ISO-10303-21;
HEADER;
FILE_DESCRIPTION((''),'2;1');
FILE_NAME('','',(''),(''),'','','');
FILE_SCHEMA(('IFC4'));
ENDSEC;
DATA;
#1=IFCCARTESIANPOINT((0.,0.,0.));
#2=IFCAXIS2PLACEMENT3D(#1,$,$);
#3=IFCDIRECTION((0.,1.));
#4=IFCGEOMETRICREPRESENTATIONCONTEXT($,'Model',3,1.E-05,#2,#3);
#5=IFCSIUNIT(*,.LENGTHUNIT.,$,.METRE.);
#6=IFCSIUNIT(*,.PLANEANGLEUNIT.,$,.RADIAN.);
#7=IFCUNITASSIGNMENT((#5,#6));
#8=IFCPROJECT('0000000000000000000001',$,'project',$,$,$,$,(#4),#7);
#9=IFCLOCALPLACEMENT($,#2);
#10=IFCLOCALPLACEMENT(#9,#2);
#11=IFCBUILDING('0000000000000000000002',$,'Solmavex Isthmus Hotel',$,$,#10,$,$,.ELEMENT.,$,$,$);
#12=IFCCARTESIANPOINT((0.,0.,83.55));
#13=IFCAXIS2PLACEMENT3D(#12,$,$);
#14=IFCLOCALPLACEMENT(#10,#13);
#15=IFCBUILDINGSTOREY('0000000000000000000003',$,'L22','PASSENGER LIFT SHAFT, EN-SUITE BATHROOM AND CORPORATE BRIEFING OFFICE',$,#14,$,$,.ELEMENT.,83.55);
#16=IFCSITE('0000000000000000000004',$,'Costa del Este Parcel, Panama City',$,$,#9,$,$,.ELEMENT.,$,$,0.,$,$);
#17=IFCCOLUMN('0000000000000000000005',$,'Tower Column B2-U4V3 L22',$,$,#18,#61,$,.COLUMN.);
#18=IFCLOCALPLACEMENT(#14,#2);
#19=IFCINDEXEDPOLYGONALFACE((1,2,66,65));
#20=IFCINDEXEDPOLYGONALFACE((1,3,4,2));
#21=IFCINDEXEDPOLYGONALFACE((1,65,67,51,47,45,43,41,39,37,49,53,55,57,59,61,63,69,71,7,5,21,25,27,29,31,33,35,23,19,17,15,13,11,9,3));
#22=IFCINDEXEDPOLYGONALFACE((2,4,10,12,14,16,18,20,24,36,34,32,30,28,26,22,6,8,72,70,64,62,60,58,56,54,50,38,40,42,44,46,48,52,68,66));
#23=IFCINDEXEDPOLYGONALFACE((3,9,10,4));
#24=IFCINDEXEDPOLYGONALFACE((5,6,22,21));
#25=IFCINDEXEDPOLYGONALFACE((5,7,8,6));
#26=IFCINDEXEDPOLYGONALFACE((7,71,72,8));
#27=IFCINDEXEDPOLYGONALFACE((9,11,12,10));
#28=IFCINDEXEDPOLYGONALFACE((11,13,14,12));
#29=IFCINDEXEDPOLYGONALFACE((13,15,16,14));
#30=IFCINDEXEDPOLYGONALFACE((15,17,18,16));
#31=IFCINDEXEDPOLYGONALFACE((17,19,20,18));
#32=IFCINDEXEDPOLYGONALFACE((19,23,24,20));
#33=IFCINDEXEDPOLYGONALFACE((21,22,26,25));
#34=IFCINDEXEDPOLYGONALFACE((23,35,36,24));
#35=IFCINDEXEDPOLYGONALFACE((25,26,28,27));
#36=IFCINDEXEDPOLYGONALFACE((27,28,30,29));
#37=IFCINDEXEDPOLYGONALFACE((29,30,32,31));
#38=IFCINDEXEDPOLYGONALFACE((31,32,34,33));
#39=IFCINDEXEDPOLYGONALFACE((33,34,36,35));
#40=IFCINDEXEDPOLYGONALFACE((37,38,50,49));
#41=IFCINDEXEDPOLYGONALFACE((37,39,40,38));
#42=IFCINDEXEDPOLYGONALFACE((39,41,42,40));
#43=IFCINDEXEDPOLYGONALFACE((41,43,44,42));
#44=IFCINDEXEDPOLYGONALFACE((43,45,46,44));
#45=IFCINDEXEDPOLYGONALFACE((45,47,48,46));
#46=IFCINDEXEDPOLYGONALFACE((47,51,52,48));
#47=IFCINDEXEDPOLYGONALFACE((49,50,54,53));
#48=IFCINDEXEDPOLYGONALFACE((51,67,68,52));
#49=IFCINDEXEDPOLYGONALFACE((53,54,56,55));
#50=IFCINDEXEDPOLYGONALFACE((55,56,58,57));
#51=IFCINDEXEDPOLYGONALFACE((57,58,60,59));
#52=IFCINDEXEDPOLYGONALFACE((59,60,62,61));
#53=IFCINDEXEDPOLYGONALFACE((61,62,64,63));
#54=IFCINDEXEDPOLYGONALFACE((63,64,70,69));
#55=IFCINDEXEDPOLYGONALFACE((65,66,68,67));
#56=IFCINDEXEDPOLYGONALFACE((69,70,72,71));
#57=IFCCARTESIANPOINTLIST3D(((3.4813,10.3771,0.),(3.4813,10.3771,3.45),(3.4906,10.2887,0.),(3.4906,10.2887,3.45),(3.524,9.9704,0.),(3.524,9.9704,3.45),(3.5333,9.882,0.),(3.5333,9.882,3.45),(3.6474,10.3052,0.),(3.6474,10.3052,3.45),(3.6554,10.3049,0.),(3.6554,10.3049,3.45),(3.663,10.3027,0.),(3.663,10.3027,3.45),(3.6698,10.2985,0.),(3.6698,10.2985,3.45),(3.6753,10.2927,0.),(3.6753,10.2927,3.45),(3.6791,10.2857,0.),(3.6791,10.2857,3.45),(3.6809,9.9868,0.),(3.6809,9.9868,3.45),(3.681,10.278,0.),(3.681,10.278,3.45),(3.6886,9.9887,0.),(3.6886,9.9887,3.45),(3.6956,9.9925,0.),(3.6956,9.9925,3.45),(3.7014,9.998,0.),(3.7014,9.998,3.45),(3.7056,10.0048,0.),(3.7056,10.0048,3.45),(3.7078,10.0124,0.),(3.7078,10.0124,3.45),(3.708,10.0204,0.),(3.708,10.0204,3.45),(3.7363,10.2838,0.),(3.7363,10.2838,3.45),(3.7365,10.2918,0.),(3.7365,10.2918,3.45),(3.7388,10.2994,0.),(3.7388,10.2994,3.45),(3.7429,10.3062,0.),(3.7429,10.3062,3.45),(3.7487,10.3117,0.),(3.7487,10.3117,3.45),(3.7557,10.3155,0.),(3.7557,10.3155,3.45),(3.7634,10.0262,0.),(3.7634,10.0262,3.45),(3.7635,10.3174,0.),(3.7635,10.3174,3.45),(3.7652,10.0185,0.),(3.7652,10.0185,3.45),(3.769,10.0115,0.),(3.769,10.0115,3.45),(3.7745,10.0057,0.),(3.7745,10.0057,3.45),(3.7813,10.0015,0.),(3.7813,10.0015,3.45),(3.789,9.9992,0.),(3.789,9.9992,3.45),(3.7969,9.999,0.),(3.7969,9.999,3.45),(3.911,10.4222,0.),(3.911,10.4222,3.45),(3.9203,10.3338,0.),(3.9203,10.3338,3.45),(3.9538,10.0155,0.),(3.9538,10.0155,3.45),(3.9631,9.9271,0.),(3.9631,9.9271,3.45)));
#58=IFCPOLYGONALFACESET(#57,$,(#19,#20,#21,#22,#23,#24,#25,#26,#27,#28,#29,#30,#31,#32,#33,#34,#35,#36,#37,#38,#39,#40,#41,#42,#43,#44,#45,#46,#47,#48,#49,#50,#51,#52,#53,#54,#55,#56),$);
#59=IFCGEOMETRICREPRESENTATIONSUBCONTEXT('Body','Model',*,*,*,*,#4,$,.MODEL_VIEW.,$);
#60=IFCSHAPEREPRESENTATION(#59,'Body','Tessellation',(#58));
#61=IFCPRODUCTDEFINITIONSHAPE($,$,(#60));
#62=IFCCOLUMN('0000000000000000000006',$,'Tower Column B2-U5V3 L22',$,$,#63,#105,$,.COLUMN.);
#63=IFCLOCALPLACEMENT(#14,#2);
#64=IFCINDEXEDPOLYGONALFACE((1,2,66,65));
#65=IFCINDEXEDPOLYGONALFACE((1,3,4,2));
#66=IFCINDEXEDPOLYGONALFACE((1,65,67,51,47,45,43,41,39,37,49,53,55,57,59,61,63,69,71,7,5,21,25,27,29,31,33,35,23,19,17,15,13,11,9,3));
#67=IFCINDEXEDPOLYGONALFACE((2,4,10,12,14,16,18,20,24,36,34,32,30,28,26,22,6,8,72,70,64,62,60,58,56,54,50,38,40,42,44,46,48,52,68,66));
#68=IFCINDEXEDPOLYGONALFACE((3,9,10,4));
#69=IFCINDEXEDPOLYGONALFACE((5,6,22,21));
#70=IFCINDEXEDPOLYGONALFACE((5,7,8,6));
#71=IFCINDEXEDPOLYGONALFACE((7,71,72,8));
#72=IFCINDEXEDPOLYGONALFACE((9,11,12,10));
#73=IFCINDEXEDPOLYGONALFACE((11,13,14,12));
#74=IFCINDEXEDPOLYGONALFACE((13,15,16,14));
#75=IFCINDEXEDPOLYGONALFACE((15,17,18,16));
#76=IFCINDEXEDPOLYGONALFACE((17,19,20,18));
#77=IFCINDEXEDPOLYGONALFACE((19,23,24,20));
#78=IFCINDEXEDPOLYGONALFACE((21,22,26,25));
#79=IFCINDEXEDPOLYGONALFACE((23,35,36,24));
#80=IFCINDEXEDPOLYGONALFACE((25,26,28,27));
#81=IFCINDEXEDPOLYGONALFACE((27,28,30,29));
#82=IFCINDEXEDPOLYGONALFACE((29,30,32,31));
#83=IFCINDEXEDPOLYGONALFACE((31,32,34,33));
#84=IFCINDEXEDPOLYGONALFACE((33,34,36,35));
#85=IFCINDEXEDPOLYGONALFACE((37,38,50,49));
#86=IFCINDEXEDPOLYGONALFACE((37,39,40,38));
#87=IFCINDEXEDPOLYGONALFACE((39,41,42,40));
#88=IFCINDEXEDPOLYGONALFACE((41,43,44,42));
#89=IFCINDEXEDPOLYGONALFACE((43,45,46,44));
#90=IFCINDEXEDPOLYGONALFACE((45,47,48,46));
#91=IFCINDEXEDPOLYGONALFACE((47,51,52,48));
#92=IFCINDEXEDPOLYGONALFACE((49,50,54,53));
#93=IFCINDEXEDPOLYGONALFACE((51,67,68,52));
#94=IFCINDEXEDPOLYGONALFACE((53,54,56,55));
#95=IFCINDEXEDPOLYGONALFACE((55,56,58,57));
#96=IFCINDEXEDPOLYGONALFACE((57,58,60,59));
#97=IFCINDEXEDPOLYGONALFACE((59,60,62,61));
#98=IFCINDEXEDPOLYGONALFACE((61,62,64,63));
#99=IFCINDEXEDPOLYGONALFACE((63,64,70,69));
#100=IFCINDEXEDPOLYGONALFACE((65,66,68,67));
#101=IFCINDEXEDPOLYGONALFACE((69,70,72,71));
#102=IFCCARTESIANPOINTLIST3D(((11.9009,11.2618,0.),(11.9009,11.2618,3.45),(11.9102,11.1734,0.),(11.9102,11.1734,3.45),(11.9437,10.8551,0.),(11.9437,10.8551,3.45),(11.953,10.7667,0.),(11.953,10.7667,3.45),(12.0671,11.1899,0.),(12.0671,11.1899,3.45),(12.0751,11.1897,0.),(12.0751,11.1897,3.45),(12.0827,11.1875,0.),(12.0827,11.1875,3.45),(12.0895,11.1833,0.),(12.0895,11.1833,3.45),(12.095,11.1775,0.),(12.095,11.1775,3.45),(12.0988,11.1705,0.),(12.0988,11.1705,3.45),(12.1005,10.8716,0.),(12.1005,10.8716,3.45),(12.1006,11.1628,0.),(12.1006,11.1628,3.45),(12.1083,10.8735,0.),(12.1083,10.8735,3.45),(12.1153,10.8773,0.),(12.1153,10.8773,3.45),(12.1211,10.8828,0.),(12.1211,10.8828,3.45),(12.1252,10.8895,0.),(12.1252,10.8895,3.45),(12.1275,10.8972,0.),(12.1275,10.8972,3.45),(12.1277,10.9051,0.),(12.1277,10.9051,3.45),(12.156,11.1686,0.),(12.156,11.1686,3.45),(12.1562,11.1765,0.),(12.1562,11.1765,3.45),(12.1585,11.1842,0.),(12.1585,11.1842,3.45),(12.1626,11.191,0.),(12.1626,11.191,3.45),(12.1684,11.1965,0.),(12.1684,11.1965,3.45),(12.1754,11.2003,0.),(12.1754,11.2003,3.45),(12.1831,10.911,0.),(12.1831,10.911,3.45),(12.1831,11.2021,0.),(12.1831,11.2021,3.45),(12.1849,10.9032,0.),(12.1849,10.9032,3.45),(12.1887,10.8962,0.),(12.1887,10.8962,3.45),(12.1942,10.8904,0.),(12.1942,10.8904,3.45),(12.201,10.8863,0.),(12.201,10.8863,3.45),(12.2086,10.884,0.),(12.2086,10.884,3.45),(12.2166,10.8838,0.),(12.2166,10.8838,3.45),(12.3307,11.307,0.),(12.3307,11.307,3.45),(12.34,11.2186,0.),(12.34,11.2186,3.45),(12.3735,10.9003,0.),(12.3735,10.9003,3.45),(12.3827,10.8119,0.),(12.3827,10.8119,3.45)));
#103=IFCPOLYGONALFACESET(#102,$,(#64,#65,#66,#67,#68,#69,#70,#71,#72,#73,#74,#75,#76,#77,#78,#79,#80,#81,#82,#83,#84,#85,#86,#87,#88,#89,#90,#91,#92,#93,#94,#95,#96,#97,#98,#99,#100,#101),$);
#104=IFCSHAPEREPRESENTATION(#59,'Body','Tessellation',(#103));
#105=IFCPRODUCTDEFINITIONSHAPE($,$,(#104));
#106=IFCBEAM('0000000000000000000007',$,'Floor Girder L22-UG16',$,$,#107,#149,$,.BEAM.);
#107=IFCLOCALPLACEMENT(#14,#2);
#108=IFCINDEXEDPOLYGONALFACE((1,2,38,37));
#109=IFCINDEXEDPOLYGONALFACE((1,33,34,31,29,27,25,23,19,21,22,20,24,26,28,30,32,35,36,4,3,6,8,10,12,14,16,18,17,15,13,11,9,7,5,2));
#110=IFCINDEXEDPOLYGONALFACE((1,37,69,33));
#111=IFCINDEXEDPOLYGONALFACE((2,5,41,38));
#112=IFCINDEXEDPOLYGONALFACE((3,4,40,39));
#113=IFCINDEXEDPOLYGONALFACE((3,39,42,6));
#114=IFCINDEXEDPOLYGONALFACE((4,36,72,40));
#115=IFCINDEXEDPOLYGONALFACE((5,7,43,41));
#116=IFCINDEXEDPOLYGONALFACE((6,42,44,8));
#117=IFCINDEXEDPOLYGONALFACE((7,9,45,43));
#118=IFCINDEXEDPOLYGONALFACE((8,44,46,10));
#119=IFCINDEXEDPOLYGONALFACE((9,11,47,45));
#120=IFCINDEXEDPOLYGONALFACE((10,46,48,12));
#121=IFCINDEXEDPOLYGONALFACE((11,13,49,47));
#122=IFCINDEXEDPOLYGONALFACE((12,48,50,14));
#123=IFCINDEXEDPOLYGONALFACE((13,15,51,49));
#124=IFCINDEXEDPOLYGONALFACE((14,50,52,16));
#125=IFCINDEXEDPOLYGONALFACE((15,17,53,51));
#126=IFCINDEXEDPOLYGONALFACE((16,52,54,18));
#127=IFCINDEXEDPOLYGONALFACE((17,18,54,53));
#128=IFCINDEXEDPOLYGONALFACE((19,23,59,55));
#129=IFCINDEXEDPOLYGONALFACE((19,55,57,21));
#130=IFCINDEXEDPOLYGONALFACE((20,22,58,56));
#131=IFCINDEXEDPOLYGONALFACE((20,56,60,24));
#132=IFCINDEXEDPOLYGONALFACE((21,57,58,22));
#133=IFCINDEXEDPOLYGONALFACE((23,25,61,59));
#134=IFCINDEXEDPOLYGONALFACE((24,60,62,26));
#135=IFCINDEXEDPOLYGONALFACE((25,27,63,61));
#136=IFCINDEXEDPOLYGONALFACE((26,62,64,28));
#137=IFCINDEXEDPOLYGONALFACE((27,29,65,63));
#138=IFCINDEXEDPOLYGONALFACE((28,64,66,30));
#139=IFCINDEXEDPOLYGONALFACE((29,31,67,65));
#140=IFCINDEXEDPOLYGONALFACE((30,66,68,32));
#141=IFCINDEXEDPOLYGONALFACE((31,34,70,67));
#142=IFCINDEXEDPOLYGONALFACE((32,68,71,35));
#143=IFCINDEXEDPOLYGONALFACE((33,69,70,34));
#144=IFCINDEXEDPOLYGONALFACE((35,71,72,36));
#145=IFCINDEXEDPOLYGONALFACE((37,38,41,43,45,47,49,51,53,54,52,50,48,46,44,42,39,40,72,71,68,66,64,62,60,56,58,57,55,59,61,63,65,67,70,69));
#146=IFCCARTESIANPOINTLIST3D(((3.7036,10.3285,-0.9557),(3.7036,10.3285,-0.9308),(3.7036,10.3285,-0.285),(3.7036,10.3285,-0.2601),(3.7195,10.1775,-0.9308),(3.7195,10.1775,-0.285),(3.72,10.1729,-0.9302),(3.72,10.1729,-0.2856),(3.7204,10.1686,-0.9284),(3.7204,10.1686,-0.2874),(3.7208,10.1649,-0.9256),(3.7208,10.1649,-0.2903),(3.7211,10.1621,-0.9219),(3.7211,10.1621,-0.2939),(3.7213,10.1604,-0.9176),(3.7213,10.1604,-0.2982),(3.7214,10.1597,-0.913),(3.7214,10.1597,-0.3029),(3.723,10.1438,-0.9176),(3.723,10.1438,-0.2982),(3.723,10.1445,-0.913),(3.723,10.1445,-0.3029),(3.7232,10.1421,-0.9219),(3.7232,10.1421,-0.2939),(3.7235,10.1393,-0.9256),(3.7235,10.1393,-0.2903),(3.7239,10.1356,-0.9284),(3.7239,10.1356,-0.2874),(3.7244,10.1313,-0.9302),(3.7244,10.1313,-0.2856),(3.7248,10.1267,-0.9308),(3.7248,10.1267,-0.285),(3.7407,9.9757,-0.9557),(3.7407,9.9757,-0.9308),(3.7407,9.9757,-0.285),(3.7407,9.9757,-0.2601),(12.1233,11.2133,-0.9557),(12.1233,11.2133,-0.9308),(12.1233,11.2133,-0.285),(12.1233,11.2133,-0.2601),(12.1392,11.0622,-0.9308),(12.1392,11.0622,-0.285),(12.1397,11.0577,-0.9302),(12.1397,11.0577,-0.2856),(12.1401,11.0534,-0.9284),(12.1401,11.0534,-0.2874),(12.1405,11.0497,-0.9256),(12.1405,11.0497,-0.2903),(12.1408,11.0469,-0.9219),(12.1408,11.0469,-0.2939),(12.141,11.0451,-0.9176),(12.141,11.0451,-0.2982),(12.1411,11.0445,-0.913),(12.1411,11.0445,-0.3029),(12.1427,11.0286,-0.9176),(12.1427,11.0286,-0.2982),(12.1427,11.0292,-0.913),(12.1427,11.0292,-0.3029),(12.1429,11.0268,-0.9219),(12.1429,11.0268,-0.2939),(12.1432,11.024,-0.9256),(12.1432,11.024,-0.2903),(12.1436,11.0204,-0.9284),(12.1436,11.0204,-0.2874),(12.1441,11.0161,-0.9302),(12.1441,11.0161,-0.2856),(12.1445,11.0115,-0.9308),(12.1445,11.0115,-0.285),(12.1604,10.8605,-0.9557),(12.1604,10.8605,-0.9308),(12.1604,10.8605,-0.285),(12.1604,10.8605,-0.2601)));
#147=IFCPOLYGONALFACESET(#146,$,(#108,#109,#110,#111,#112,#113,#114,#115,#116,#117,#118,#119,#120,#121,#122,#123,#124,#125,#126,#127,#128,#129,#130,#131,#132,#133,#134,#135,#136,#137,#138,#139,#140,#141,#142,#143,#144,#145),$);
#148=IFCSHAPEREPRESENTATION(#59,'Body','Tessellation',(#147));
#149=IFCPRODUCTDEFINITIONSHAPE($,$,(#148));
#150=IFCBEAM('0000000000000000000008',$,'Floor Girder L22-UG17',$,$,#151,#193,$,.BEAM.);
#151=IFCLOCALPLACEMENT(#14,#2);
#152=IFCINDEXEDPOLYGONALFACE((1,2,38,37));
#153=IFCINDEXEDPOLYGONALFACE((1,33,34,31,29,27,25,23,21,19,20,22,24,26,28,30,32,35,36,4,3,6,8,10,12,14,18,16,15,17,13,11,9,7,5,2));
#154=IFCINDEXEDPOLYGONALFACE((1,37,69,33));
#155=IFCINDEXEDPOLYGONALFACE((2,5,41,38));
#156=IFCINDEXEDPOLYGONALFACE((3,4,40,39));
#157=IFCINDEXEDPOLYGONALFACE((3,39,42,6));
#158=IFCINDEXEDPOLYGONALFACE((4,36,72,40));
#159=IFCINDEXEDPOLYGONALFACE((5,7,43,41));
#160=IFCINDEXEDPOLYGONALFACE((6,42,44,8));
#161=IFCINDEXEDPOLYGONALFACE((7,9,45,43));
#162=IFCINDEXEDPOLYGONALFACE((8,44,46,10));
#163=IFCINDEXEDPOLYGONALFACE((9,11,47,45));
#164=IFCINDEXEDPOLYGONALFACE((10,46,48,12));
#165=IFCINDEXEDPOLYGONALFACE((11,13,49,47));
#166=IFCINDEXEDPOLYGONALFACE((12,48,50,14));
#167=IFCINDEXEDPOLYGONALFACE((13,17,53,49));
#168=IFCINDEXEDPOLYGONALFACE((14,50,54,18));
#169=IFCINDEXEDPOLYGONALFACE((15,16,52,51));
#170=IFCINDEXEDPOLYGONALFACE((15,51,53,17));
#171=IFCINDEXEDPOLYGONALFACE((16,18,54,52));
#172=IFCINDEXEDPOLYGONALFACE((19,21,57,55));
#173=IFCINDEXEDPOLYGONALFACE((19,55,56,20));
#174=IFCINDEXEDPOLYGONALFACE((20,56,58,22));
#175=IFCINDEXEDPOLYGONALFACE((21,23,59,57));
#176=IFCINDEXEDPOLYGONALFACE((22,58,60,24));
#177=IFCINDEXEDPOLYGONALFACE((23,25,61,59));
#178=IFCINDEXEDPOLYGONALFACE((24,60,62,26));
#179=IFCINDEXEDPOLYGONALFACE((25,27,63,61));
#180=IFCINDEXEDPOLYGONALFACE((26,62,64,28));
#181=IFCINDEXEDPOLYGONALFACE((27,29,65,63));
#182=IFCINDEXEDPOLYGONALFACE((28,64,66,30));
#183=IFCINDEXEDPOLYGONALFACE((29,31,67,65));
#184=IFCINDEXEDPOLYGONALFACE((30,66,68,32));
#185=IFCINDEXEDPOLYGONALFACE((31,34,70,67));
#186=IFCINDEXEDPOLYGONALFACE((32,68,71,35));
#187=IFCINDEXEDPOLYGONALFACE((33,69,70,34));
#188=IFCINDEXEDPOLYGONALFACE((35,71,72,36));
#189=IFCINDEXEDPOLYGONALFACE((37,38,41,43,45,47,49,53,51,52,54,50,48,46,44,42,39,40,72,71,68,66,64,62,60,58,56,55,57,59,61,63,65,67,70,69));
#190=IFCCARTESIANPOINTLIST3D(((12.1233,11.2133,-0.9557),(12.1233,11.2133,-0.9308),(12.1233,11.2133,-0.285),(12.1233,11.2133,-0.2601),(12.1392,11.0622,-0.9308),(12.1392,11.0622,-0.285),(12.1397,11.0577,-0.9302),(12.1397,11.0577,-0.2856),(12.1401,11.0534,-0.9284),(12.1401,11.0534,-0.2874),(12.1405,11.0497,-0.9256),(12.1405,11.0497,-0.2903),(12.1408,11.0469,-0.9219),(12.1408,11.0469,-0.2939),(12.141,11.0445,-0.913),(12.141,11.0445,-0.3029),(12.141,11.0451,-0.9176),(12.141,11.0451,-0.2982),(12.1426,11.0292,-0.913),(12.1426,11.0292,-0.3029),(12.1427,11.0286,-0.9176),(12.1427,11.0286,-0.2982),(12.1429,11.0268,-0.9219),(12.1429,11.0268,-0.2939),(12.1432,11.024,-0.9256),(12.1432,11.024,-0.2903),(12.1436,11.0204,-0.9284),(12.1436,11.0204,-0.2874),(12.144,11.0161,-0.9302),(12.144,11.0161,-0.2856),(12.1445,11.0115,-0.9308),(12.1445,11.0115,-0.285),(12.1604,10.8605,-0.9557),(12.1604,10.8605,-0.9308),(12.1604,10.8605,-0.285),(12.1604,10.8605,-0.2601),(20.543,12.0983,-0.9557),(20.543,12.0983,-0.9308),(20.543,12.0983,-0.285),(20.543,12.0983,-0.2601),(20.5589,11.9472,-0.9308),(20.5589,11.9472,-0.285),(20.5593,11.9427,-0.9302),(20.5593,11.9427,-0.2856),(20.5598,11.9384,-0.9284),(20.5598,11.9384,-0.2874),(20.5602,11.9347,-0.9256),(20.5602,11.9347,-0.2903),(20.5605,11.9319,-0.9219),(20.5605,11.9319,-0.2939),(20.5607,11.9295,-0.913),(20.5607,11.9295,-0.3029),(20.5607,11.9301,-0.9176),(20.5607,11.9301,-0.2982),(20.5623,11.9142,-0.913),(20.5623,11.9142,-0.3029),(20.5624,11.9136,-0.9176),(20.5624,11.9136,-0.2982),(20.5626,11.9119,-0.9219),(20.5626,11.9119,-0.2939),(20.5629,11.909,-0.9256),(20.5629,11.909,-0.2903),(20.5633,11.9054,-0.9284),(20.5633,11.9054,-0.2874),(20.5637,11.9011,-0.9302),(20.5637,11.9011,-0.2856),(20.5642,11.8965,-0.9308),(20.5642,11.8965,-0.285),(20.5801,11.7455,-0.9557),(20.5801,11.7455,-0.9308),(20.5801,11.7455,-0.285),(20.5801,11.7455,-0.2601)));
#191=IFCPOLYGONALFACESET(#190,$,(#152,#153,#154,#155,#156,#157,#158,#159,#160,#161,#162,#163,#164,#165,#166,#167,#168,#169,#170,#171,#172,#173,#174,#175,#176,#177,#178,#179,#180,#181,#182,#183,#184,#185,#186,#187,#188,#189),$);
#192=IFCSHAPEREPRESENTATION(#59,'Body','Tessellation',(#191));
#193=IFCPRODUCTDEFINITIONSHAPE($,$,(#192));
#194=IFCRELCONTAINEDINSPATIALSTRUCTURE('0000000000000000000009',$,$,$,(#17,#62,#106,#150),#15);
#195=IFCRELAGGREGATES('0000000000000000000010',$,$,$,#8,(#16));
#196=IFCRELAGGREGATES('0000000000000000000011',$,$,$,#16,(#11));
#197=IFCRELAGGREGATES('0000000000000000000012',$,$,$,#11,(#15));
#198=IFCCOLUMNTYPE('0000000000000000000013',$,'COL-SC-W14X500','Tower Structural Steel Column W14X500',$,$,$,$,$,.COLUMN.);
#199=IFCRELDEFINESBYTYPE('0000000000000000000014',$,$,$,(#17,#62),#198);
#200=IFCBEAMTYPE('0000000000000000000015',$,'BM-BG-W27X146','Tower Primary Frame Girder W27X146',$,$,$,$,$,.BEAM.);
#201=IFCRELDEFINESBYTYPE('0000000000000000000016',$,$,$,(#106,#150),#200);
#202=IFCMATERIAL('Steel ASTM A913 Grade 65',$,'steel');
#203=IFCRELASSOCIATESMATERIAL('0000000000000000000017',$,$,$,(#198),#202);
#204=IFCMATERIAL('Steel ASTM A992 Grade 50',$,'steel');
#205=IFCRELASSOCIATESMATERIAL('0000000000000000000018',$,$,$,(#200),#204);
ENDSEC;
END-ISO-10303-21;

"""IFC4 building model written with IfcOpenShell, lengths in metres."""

from ifc_helpers import new_model, si_unit, direction, frame, origin, origin_2d, place, context, subcontext, project, spatial, i_section, extrude, material, material_profile, profile_set, type_object, element, save


model = new_model("IFC4")

# Units and contexts
model_context = context("Model", 3, precision=1e-05, world=origin(), true_north=direction((0.0, 1.0)))
body_context = subcontext(model_context, "Body", "Model", "MODEL_VIEW")
ifc_project = project(units=[si_unit("LENGTHUNIT", "METRE"), si_unit("PLANEANGLEUNIT", "RADIAN")], contexts=[model_context])

# Site, building, storey
site_placement = place(None, origin())
site = spatial("IfcSite", under=ifc_project, at=site_placement, Name="Costa del Este Parcel, Panama City", CompositionType="ELEMENT", RefElevation=0.0)
building_placement = place(site_placement, origin())
building = spatial("IfcBuilding", under=site, at=building_placement, Name="Solmavex Isthmus Hotel", CompositionType="ELEMENT")
storey_placement = place(building_placement, frame((0.0, 0.0, 83.55)))
storey = spatial("IfcBuildingStorey", under=building, at=storey_placement, Name="L22", Description="PASSENGER LIFT SHAFT, EN-SUITE BATHROOM AND CORPORATE BRIEFING OFFICE", CompositionType="ELEMENT", Elevation=83.55)

# Columns
ifc_material_1 = material(Name="Steel ASTM A913 Grade 65", Category="steel")
ifc_material_profile_1 = material_profile(ifc_material_1, i_section(OverallWidth=0.4321, OverallDepth=0.4978, WebThickness=0.0557, FlangeThickness=0.0889, FilletRadius=0.0305, at=origin_2d()), Name="W14X500")
ifc_profile_set_1 = profile_set([ifc_material_profile_1], Name="Steel ASTM A913 Grade 65")
column_type = type_object("IfcColumnType", Name="COL-SC-W14X500", Description="Tower Structural Steel Column W14X500", PredefinedType="COLUMN", material=ifc_profile_set_1)
for number, where, z_axis, x_axis, name in (
    (1, (3.7222, 10.1521, 0.0), (0.0, 0.0, 1.0), (0.994522, 0.104528, 0.0), "Tower Column B2-U4V3 L22"),
    (2, (12.1418, 11.0369, 0.0), (0.0, 0.0, 1.0), (0.994522, 0.104528, 0.0), "Tower Column B2-U5V3 L22"),
):
    element("IfcColumn", number, at=place(storey_placement, frame(where, z_axis=z_axis, x_axis=x_axis)), inside=storey, type_object=column_type, Name=name, PredefinedType="COLUMN", context=body_context, shape_type="SweptSolid", body=[
        extrude(i_section(OverallWidth=0.4321, OverallDepth=0.4978, WebThickness=0.0557, FlangeThickness=0.0889, FilletRadius=0.0305, at=origin_2d()), origin(), (0.0, 0.0, 1.0), 3.45),
    ])

# Beams
ifc_material_2 = material(Name="Steel ASTM A992 Grade 50", Category="steel")
ifc_material_profile_2 = material_profile(ifc_material_2, i_section(OverallWidth=0.3547, OverallDepth=0.6956, WebThickness=0.0154, FlangeThickness=0.0249, FilletRadius=0.0178, at=origin_2d()), Name="W27X146")
ifc_profile_set_2 = profile_set([ifc_material_profile_2], Name="Steel ASTM A992 Grade 50")
beam_type_1 = type_object("IfcBeamType", Name="BM-BG-W27X146", Description="Tower Primary Frame Girder W27X146", PredefinedType="BEAM", material=ifc_profile_set_2)
for number, where, z_axis, x_axis, name in (
    (3, (3.7222, 10.1521, -0.6079), (0.994524, 0.104508, 0.0), (-0.104508, 0.994524, 0.0), "Floor Girder L22-UG16"),
    (4, (12.1418, 11.0369, -0.6079), (0.994521, 0.104536, 0.0), (-0.104536, 0.994521, 0.0), "Floor Girder L22-UG17"),
):
    element("IfcBeam", number, at=place(storey_placement, frame(where, z_axis=z_axis, x_axis=x_axis)), inside=storey, type_object=beam_type_1, Name=name, PredefinedType="BEAM", context=body_context, shape_type="SweptSolid", body=[
        extrude(i_section(OverallWidth=0.3547, OverallDepth=0.6956, WebThickness=0.0154, FlangeThickness=0.0249, FilletRadius=0.0178, at=origin_2d()), origin(), (0.0, 0.0, 1.0), 8.4661),
    ])

save(model, "model.ifc")
